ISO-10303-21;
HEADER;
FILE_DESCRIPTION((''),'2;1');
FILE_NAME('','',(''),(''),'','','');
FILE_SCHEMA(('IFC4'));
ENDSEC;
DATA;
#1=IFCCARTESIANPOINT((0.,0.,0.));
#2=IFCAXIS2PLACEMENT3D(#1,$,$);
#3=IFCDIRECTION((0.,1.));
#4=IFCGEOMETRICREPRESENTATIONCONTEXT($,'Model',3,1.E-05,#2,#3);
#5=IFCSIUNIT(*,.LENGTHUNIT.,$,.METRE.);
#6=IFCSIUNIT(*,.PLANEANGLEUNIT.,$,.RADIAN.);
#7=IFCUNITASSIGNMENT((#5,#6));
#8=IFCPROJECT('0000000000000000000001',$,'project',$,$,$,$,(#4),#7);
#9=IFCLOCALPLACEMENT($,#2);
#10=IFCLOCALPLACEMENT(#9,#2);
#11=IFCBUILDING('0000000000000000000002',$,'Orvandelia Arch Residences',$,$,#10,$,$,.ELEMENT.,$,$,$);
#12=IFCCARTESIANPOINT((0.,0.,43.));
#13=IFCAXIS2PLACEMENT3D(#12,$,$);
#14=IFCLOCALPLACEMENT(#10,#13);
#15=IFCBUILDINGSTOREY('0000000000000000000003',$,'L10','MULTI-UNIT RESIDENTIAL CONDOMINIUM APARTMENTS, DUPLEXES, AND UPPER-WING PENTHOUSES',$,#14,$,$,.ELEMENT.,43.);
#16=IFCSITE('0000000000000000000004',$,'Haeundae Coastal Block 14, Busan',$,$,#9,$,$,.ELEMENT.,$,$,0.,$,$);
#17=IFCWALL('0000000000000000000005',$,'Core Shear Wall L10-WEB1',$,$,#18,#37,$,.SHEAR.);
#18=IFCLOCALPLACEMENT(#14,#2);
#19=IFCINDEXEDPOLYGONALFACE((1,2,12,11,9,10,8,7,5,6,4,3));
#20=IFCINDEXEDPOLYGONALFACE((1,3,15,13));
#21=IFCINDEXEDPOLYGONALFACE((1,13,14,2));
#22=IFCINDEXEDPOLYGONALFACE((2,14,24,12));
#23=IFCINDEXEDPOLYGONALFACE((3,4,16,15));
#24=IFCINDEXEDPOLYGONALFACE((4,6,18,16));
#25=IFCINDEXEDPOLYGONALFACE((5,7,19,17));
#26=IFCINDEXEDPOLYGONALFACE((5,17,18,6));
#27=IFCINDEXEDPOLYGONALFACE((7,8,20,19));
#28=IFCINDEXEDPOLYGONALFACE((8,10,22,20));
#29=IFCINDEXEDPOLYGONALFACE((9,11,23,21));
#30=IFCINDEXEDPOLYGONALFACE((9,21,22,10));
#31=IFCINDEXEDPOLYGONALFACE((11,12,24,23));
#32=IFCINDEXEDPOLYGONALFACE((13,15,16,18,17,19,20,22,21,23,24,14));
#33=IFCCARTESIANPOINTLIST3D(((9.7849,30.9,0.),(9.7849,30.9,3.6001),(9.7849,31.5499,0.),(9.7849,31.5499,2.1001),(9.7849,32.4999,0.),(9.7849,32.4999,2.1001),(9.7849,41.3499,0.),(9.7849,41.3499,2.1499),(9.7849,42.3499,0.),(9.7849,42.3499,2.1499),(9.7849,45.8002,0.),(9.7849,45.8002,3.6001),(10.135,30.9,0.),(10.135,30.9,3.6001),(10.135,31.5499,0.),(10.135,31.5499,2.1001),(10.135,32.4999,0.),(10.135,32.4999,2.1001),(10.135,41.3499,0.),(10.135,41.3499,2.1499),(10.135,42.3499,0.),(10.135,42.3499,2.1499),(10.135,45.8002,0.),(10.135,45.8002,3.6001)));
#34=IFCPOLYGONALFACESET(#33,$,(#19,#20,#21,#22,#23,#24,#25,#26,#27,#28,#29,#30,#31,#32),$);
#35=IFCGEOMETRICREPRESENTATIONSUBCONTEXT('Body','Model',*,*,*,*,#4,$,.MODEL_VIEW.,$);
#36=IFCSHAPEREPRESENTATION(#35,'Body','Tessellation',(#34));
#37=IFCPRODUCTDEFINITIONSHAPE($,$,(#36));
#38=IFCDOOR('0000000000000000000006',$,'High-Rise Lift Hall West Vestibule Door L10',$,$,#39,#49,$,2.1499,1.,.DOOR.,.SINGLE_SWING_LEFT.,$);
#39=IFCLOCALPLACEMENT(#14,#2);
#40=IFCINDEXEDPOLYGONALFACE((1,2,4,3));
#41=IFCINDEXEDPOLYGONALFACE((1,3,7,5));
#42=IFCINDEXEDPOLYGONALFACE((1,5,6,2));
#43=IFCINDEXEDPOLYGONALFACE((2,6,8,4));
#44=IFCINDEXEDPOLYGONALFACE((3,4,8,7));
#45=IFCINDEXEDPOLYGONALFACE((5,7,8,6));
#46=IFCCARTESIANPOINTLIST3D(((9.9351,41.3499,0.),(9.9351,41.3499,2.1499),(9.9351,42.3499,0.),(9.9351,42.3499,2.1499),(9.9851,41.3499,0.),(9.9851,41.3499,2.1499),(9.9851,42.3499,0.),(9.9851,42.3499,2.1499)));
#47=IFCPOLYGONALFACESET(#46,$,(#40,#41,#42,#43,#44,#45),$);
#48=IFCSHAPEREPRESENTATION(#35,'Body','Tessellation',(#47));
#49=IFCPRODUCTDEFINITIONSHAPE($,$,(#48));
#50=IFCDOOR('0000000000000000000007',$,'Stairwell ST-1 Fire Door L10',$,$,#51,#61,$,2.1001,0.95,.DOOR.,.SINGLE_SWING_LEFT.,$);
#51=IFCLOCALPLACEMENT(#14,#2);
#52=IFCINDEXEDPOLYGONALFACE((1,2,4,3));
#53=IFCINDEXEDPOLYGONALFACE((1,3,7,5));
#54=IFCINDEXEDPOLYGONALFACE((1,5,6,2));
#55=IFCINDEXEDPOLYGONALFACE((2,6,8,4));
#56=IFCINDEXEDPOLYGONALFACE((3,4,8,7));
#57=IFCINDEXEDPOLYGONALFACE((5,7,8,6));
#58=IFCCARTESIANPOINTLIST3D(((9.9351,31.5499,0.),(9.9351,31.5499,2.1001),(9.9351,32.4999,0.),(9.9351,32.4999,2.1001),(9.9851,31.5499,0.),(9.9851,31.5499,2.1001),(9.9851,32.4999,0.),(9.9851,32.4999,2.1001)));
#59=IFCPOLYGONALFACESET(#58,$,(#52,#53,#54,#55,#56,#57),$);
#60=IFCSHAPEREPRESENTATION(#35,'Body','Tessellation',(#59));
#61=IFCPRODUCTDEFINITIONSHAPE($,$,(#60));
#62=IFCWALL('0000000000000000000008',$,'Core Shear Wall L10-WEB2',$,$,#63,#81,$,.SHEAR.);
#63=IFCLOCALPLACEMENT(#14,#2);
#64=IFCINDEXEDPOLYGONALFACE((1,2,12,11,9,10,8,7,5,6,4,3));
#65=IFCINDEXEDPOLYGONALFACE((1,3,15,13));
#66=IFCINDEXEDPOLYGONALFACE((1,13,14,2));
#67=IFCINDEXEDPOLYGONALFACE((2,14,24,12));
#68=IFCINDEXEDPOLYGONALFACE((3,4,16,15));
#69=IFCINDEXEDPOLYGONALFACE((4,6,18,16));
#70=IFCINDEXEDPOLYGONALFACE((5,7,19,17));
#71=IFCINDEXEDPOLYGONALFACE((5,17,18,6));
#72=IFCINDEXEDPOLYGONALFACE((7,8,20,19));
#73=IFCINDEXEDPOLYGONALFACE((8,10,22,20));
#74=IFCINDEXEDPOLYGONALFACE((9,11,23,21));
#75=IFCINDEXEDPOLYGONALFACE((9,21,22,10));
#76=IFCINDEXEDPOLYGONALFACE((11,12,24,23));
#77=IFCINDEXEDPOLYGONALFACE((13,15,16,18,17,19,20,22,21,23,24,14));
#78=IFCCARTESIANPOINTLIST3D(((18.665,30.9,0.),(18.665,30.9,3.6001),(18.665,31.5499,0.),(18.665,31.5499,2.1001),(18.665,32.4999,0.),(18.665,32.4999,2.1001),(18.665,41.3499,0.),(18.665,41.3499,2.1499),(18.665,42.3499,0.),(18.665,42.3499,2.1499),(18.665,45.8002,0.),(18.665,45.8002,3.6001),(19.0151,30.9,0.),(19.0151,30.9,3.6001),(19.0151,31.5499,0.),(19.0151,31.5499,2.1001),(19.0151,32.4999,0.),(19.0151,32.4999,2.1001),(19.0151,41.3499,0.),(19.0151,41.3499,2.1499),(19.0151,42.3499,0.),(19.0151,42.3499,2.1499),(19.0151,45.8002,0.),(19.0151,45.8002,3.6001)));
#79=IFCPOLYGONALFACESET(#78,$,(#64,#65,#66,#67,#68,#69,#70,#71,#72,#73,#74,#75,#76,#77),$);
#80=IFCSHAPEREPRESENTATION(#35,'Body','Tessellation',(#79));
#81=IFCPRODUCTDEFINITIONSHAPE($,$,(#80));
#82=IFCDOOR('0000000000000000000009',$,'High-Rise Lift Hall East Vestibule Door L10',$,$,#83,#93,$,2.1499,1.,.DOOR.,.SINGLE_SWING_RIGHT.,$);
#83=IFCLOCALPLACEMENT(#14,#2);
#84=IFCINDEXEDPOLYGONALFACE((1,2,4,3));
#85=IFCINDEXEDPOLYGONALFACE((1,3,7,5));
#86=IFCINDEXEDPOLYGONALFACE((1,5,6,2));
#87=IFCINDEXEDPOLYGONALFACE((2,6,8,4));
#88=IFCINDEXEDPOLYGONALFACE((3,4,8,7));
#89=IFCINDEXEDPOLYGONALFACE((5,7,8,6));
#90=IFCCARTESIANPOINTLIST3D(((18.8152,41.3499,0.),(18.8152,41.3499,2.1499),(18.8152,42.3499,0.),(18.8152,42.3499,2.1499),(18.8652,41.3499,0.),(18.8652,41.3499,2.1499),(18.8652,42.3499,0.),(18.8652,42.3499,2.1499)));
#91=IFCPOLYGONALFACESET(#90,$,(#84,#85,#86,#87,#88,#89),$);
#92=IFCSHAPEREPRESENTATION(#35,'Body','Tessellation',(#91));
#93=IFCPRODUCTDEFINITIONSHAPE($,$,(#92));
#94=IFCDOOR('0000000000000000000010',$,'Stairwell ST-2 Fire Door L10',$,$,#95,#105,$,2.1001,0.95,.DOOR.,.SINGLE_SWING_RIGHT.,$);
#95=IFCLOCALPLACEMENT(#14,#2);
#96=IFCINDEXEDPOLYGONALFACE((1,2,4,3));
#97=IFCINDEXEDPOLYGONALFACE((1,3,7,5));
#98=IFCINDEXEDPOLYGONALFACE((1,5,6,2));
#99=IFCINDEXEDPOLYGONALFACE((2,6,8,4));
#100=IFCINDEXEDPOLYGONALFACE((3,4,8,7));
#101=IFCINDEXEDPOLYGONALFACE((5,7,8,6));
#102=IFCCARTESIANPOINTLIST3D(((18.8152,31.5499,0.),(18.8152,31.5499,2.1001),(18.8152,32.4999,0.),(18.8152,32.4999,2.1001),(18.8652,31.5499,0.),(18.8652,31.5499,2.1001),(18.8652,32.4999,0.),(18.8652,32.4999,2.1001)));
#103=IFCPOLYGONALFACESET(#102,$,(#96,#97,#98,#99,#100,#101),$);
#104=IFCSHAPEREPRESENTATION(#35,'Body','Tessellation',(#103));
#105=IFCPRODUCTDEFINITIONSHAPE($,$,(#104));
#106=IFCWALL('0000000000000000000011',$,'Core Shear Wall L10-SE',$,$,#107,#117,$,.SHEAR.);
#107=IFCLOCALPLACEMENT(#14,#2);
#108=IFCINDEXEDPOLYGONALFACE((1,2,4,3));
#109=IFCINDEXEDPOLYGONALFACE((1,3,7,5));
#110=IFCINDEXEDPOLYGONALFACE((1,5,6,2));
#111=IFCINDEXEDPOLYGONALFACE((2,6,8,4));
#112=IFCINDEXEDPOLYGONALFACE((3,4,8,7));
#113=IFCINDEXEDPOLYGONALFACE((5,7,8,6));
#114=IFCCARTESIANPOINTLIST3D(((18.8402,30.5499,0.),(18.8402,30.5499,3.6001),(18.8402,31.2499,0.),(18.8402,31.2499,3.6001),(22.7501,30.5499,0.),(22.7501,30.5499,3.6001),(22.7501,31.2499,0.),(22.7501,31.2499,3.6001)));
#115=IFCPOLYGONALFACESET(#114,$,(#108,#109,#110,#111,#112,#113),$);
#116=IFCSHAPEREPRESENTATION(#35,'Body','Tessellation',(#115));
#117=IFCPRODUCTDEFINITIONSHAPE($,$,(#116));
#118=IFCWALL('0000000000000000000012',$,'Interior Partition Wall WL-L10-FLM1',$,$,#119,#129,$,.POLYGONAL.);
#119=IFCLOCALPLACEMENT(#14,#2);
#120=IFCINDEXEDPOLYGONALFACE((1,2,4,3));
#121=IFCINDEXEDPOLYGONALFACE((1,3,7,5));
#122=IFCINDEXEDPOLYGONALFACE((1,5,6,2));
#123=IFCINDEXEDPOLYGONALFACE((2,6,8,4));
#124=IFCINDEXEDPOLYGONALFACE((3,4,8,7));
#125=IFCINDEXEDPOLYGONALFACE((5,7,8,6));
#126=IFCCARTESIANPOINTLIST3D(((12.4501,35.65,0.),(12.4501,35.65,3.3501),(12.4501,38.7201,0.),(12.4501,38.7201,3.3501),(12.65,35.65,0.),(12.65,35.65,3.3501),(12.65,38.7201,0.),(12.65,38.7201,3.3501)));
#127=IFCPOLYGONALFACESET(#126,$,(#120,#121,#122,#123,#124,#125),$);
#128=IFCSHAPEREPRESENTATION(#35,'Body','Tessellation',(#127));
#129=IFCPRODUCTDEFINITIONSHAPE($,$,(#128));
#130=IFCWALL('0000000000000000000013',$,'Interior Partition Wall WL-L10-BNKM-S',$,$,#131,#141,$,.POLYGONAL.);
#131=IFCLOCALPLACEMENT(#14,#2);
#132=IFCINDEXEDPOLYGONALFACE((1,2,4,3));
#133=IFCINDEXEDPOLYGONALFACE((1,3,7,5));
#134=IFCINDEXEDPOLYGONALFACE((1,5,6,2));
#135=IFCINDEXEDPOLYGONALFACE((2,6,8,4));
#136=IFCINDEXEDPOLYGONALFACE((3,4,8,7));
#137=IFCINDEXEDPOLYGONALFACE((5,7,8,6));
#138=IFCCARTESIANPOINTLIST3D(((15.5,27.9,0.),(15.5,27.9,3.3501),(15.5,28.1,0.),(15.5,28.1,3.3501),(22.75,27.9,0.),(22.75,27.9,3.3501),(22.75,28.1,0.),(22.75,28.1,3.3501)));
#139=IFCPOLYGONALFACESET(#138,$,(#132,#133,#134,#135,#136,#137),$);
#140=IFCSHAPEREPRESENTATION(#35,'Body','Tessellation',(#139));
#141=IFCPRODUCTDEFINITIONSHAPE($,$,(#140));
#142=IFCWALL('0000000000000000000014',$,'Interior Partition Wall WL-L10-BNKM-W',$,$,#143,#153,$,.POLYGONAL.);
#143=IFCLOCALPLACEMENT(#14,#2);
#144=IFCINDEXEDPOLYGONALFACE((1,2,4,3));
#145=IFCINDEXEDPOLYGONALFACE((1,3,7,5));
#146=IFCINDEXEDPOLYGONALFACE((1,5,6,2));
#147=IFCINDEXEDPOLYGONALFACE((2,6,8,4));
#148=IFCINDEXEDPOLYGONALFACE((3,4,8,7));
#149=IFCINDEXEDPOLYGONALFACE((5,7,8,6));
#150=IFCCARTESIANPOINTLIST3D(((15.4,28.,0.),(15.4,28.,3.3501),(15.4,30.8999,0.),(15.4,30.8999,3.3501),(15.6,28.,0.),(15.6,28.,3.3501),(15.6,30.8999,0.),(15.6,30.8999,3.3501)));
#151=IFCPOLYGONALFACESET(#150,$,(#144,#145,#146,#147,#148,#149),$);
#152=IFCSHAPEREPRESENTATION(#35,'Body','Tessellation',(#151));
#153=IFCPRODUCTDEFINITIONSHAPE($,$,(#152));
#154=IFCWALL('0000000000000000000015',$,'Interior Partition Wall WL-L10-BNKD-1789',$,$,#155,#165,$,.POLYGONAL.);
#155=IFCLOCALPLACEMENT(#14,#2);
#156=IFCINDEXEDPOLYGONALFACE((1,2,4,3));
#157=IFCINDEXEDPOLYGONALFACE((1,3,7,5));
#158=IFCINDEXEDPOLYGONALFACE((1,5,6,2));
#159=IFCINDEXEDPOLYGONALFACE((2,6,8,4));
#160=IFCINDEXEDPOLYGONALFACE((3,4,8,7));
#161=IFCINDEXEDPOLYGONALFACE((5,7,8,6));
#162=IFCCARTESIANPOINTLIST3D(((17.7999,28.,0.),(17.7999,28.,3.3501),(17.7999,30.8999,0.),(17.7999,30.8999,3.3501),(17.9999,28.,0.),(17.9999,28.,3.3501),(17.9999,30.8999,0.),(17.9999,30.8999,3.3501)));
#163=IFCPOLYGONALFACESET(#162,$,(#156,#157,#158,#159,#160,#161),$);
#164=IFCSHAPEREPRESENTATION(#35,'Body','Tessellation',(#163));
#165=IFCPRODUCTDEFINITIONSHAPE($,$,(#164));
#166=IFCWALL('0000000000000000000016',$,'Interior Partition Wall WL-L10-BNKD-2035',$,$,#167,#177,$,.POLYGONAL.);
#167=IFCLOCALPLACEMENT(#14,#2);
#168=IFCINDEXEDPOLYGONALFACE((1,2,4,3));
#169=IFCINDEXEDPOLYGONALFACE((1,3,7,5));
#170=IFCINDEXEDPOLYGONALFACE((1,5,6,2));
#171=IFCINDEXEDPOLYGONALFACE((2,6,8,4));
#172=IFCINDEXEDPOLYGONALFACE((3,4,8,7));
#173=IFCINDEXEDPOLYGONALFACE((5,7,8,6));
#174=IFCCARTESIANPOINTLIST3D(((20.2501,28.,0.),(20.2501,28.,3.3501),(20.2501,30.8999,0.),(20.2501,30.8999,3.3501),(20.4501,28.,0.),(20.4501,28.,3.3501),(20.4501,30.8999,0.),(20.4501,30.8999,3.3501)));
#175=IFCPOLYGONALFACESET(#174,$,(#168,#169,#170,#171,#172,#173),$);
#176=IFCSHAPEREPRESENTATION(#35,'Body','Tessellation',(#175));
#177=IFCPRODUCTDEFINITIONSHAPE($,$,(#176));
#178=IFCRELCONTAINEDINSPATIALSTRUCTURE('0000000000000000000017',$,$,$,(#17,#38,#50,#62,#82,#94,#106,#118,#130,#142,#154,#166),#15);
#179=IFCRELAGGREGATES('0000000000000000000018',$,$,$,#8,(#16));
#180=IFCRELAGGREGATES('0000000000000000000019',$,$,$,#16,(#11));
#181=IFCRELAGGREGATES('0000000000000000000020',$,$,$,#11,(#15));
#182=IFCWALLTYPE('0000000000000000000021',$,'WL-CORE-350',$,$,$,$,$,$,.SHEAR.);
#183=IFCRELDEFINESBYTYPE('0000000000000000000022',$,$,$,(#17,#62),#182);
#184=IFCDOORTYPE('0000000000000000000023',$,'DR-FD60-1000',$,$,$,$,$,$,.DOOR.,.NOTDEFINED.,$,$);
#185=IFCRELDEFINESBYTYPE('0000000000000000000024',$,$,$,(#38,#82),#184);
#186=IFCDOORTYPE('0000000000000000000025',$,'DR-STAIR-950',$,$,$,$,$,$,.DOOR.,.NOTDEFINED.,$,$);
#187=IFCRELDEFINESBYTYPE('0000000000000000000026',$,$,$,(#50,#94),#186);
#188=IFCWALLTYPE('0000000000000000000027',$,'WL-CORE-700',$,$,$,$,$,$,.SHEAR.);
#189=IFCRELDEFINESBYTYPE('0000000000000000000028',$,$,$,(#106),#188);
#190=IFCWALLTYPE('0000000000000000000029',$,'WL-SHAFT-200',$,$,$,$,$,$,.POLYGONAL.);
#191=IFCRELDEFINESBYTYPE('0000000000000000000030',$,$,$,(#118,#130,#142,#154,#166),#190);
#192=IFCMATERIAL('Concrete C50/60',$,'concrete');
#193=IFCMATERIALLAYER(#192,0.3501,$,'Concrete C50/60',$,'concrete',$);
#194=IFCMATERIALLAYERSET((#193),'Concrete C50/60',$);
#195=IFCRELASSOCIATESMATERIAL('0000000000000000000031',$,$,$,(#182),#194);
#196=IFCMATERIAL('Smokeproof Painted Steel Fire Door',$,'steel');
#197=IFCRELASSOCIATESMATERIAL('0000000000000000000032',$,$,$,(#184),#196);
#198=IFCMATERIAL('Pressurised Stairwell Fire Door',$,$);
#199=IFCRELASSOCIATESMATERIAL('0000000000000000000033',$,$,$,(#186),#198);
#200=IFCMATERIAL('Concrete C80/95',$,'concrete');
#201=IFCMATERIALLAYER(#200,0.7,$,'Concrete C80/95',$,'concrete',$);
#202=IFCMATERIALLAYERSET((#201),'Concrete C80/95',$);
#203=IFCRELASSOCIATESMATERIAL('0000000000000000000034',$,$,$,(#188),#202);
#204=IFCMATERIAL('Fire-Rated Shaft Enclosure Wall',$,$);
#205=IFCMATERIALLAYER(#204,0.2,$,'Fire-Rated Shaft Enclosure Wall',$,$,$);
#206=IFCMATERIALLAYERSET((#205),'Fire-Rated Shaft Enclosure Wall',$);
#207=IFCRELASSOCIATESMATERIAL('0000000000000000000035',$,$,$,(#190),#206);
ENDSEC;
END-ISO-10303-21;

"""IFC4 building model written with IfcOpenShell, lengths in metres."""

from ifc_helpers import new_model, si_unit, direction, frame, frame_2d, origin, place, context, subcontext, project, spatial, rectangle, extrude, material, layer, layer_set, type_object, element, fill, save


model = new_model("IFC4")

# Units and contexts
model_context = context("Model", 3, precision=1e-05, world=origin(), true_north=direction((0.0, 1.0)))
body_context = subcontext(model_context, "Body", "Model", "MODEL_VIEW")
ifc_project = project(units=[si_unit("LENGTHUNIT", "METRE"), si_unit("PLANEANGLEUNIT", "RADIAN")], contexts=[model_context])

# Site, building, storey
site_placement = place(None, origin())
site = spatial("IfcSite", under=ifc_project, at=site_placement, Name="Haeundae Coastal Block 14, Busan", CompositionType="ELEMENT", RefElevation=0.0)
building_placement = place(site_placement, origin())
building = spatial("IfcBuilding", under=site, at=building_placement, Name="Orvandelia Arch Residences", CompositionType="ELEMENT")
storey_placement = place(building_placement, frame((0.0, 0.0, 43.0)))
storey = spatial("IfcBuildingStorey", under=building, at=storey_placement, Name="L10", Description="MULTI-UNIT RESIDENTIAL CONDOMINIUM APARTMENTS, DUPLEXES, AND UPPER-WING PENTHOUSES", CompositionType="ELEMENT", Elevation=43.0)

# Walls, openings, doors
ifc_material_1 = material(Name="Concrete C50/60", Category="concrete")
ifc_layer_1 = layer(ifc_material_1, 0.3501, Name="Concrete C50/60", Category="concrete")
ifc_layer_set_1 = layer_set([ifc_layer_1], Name="Concrete C50/60")
wall_type_1 = type_object("IfcWallType", Name="WL-CORE-350", PredefinedType="SHEAR", material=ifc_layer_set_1)
wall_1_placement = place(storey_placement, frame((9.96, 30.8999, 0.0), z_axis=(0.0, 0.0, 1.0), x_axis=(0.0, 1.0, 0.0)))
wall_1 = element("IfcWall", 1, at=wall_1_placement, inside=storey, type_object=wall_type_1, Name="Core Shear Wall L10-WEB1", PredefinedType="SHEAR", context=body_context, shape_type="SweptSolid", body=[
    extrude(rectangle(XDim=14.9001, YDim=0.3501, at=frame_2d((7.4502, 0.0))), origin(), (0.0, 0.0, 1.0), 3.6001),
])
opening_1_placement = place(wall_1_placement, frame((0.6499, 0.0, 0.0)))
opening_1 = element("IfcOpeningElement", 2, at=opening_1_placement, cuts=wall_1, PredefinedType="OPENING", context=body_context, shape_type="SweptSolid", body=[
    extrude(rectangle(XDim=0.95, YDim=2.1001, at=frame_2d((0.4751, 1.05))), frame((0.0, 0.1851, 0.0), z_axis=(0.0, -1.0, 0.0), x_axis=(1.0, 0.0, 0.0)), (0.0, 0.0, 1.0), 0.3701),
])
opening_2_placement = place(wall_1_placement, frame((10.45, 0.0, 0.0)))
opening_2 = element("IfcOpeningElement", 3, at=opening_2_placement, cuts=wall_1, PredefinedType="OPENING", context=body_context, shape_type="SweptSolid", body=[
    extrude(rectangle(XDim=1.0, YDim=2.1499, at=frame_2d((0.5, 1.075))), frame((0.0, 0.1851, 0.0), z_axis=(0.0, -1.0, 0.0), x_axis=(1.0, 0.0, 0.0)), (0.0, 0.0, 1.0), 0.3701),
])
ifc_material_2 = material(Name="Smokeproof Painted Steel Fire Door", Category="steel")
door_type_1 = type_object("IfcDoorType", Name="DR-FD60-1000", OperationType="NOTDEFINED", PredefinedType="DOOR", material=ifc_material_2)
door_1_placement = place(opening_2_placement, origin())
door_1 = element("IfcDoor", 4, at=door_1_placement, inside=storey, type_object=door_type_1, Name="High-Rise Lift Hall West Vestibule Door L10", OperationType="SINGLE_SWING_LEFT", OverallHeight=2.1499, OverallWidth=1.0, PredefinedType="DOOR", context=body_context, shape_type="SweptSolid", body=[
    extrude(rectangle(XDim=1.0, YDim=2.1499, at=frame_2d((0.5, 1.075))), frame((0.0, 0.0249, 0.0), z_axis=(0.0, -1.0, 0.0), x_axis=(1.0, 0.0, 0.0)), (0.0, 0.0, 1.0), 0.05),
])
fill(opening_2, door_1)
ifc_material_3 = material(Name="Pressurised Stairwell Fire Door")
door_type_2 = type_object("IfcDoorType", Name="DR-STAIR-950", OperationType="NOTDEFINED", PredefinedType="DOOR", material=ifc_material_3)
door_2_placement = place(opening_1_placement, origin())
door_2 = element("IfcDoor", 5, at=door_2_placement, inside=storey, type_object=door_type_2, Name="Stairwell ST-1 Fire Door L10", OperationType="SINGLE_SWING_LEFT", OverallHeight=2.1001, OverallWidth=0.95, PredefinedType="DOOR", context=body_context, shape_type="SweptSolid", body=[
    extrude(rectangle(XDim=0.95, YDim=2.1001, at=frame_2d((0.4751, 1.05))), frame((0.0, 0.0249, 0.0), z_axis=(0.0, -1.0, 0.0), x_axis=(1.0, 0.0, 0.0)), (0.0, 0.0, 1.0), 0.05),
])
fill(opening_1, door_2)
wall_2_placement = place(storey_placement, frame((18.8401, 30.8999, 0.0), z_axis=(0.0, 0.0, 1.0), x_axis=(0.0, 1.0, 0.0)))
wall_2 = element("IfcWall", 6, at=wall_2_placement, inside=storey, type_object=wall_type_1, Name="Core Shear Wall L10-WEB2", PredefinedType="SHEAR", context=body_context, shape_type="SweptSolid", body=[
    extrude(rectangle(XDim=14.9001, YDim=0.3501, at=frame_2d((7.4502, 0.0))), origin(), (0.0, 0.0, 1.0), 3.6001),
])
opening_3_placement = place(wall_2_placement, frame((0.6499, 0.0, 0.0)))
opening_3 = element("IfcOpeningElement", 7, at=opening_3_placement, cuts=wall_2, PredefinedType="OPENING", context=body_context, shape_type="SweptSolid", body=[
    extrude(rectangle(XDim=0.95, YDim=2.1001, at=frame_2d((0.4751, 1.05))), frame((0.0, 0.1851, 0.0), z_axis=(0.0, -1.0, 0.0), x_axis=(1.0, 0.0, 0.0)), (0.0, 0.0, 1.0), 0.3701),
])
opening_4_placement = place(wall_2_placement, frame((10.45, 0.0, 0.0)))
opening_4 = element("IfcOpeningElement", 8, at=opening_4_placement, cuts=wall_2, PredefinedType="OPENING", context=body_context, shape_type="SweptSolid", body=[
    extrude(rectangle(XDim=1.0, YDim=2.1499, at=frame_2d((0.5, 1.075))), frame((0.0, 0.1851, 0.0), z_axis=(0.0, -1.0, 0.0), x_axis=(1.0, 0.0, 0.0)), (0.0, 0.0, 1.0), 0.3701),
])
door_3_placement = place(opening_4_placement, origin())
door_3 = element("IfcDoor", 9, at=door_3_placement, inside=storey, type_object=door_type_1, Name="High-Rise Lift Hall East Vestibule Door L10", OperationType="SINGLE_SWING_RIGHT", OverallHeight=2.1499, OverallWidth=1.0, PredefinedType="DOOR", context=body_context, shape_type="SweptSolid", body=[
    extrude(rectangle(XDim=1.0, YDim=2.1499, at=frame_2d((0.5, 1.075))), frame((0.0, 0.0249, 0.0), z_axis=(0.0, -1.0, 0.0), x_axis=(1.0, 0.0, 0.0)), (0.0, 0.0, 1.0), 0.05),
])
fill(opening_4, door_3)
door_4_placement = place(opening_3_placement, origin())
door_4 = element("IfcDoor", 10, at=door_4_placement, inside=storey, type_object=door_type_2, Name="Stairwell ST-2 Fire Door L10", OperationType="SINGLE_SWING_RIGHT", OverallHeight=2.1001, OverallWidth=0.95, PredefinedType="DOOR", context=body_context, shape_type="SweptSolid", body=[
    extrude(rectangle(XDim=0.95, YDim=2.1001, at=frame_2d((0.4751, 1.05))), frame((0.0, 0.0249, 0.0), z_axis=(0.0, -1.0, 0.0), x_axis=(1.0, 0.0, 0.0)), (0.0, 0.0, 1.0), 0.05),
])
fill(opening_3, door_4)

# Shared definitions
ifc_material_4 = material(Name="Concrete C80/95", Category="concrete")
ifc_layer_2 = layer(ifc_material_4, 0.7, Name="Concrete C80/95", Category="concrete")
ifc_layer_set_2 = layer_set([ifc_layer_2], Name="Concrete C80/95")
wall_type_2 = type_object("IfcWallType", Name="WL-CORE-700", PredefinedType="SHEAR", material=ifc_layer_set_2)

# Walls
wall_3_placement = place(storey_placement, frame((18.8401, 30.8999, 0.0), z_axis=(0.0, 0.0, 1.0), x_axis=(1.0, 0.0, 0.0)))
element("IfcWall", 11, at=wall_3_placement, inside=storey, type_object=wall_type_2, Name="Core Shear Wall L10-SE", PredefinedType="SHEAR", context=body_context, shape_type="SweptSolid", body=[
    extrude(rectangle(XDim=3.9099, YDim=0.7, at=frame_2d((1.9551, 0.0))), origin(), (0.0, 0.0, 1.0), 3.6001),
])
ifc_material_5 = material(Name="Fire-Rated Shaft Enclosure Wall")
ifc_layer_3 = layer(ifc_material_5, 0.2, Name="Fire-Rated Shaft Enclosure Wall")
ifc_layer_set_3 = layer_set([ifc_layer_3], Name="Fire-Rated Shaft Enclosure Wall")
wall_type_3 = type_object("IfcWallType", Name="WL-SHAFT-200", PredefinedType="POLYGONAL", material=ifc_layer_set_3)
wall_4_placement = place(storey_placement, frame((12.55, 35.6499, 0.0), z_axis=(0.0, 0.0, 1.0), x_axis=(0.0, 1.0, 0.0)))
element("IfcWall", 12, at=wall_4_placement, inside=storey, type_object=wall_type_3, Name="Interior Partition Wall WL-L10-FLM1", PredefinedType="POLYGONAL", context=body_context, shape_type="SweptSolid", body=[
    extrude(rectangle(XDim=3.0701, YDim=0.2, at=frame_2d((1.5352, 0.0))), origin(), (0.0, 0.0, 1.0), 3.3501),
])
wall_5_placement = place(storey_placement, frame((15.5, 28.0, 0.0), z_axis=(0.0, 0.0, 1.0), x_axis=(1.0, 0.0, 0.0)))
element("IfcWall", 13, at=wall_5_placement, inside=storey, type_object=wall_type_3, Name="Interior Partition Wall WL-L10-BNKM-S", PredefinedType="POLYGONAL", context=body_context, shape_type="SweptSolid", body=[
    extrude(rectangle(XDim=7.25, YDim=0.2, at=frame_2d((3.625, 0.0))), origin(), (0.0, 0.0, 1.0), 3.3501),
])
for number, where, z_axis, x_axis, name in (
    (14, (15.5, 28.0, 0.0), (0.0, 0.0, 1.0), (0.0, 1.0, 0.0), "Interior Partition Wall WL-L10-BNKM-W"),
    (15, (17.8999, 28.0, 0.0), (0.0, 0.0, 1.0), (0.0, 1.0, 0.0), "Interior Partition Wall WL-L10-BNKD-1789"),
    (16, (20.3501, 28.0, 0.0), (0.0, 0.0, 1.0), (0.0, 1.0, 0.0), "Interior Partition Wall WL-L10-BNKD-2035"),
):
    element("IfcWall", number, at=place(storey_placement, frame(where, z_axis=z_axis, x_axis=x_axis)), inside=storey, type_object=wall_type_3, Name=name, PredefinedType="POLYGONAL", context=body_context, shape_type="SweptSolid", body=[
        extrude(rectangle(XDim=2.8999, YDim=0.2, at=frame_2d((1.45, 0.0))), origin(), (0.0, 0.0, 1.0), 3.3501),
    ])

save(model, "model.ifc")
